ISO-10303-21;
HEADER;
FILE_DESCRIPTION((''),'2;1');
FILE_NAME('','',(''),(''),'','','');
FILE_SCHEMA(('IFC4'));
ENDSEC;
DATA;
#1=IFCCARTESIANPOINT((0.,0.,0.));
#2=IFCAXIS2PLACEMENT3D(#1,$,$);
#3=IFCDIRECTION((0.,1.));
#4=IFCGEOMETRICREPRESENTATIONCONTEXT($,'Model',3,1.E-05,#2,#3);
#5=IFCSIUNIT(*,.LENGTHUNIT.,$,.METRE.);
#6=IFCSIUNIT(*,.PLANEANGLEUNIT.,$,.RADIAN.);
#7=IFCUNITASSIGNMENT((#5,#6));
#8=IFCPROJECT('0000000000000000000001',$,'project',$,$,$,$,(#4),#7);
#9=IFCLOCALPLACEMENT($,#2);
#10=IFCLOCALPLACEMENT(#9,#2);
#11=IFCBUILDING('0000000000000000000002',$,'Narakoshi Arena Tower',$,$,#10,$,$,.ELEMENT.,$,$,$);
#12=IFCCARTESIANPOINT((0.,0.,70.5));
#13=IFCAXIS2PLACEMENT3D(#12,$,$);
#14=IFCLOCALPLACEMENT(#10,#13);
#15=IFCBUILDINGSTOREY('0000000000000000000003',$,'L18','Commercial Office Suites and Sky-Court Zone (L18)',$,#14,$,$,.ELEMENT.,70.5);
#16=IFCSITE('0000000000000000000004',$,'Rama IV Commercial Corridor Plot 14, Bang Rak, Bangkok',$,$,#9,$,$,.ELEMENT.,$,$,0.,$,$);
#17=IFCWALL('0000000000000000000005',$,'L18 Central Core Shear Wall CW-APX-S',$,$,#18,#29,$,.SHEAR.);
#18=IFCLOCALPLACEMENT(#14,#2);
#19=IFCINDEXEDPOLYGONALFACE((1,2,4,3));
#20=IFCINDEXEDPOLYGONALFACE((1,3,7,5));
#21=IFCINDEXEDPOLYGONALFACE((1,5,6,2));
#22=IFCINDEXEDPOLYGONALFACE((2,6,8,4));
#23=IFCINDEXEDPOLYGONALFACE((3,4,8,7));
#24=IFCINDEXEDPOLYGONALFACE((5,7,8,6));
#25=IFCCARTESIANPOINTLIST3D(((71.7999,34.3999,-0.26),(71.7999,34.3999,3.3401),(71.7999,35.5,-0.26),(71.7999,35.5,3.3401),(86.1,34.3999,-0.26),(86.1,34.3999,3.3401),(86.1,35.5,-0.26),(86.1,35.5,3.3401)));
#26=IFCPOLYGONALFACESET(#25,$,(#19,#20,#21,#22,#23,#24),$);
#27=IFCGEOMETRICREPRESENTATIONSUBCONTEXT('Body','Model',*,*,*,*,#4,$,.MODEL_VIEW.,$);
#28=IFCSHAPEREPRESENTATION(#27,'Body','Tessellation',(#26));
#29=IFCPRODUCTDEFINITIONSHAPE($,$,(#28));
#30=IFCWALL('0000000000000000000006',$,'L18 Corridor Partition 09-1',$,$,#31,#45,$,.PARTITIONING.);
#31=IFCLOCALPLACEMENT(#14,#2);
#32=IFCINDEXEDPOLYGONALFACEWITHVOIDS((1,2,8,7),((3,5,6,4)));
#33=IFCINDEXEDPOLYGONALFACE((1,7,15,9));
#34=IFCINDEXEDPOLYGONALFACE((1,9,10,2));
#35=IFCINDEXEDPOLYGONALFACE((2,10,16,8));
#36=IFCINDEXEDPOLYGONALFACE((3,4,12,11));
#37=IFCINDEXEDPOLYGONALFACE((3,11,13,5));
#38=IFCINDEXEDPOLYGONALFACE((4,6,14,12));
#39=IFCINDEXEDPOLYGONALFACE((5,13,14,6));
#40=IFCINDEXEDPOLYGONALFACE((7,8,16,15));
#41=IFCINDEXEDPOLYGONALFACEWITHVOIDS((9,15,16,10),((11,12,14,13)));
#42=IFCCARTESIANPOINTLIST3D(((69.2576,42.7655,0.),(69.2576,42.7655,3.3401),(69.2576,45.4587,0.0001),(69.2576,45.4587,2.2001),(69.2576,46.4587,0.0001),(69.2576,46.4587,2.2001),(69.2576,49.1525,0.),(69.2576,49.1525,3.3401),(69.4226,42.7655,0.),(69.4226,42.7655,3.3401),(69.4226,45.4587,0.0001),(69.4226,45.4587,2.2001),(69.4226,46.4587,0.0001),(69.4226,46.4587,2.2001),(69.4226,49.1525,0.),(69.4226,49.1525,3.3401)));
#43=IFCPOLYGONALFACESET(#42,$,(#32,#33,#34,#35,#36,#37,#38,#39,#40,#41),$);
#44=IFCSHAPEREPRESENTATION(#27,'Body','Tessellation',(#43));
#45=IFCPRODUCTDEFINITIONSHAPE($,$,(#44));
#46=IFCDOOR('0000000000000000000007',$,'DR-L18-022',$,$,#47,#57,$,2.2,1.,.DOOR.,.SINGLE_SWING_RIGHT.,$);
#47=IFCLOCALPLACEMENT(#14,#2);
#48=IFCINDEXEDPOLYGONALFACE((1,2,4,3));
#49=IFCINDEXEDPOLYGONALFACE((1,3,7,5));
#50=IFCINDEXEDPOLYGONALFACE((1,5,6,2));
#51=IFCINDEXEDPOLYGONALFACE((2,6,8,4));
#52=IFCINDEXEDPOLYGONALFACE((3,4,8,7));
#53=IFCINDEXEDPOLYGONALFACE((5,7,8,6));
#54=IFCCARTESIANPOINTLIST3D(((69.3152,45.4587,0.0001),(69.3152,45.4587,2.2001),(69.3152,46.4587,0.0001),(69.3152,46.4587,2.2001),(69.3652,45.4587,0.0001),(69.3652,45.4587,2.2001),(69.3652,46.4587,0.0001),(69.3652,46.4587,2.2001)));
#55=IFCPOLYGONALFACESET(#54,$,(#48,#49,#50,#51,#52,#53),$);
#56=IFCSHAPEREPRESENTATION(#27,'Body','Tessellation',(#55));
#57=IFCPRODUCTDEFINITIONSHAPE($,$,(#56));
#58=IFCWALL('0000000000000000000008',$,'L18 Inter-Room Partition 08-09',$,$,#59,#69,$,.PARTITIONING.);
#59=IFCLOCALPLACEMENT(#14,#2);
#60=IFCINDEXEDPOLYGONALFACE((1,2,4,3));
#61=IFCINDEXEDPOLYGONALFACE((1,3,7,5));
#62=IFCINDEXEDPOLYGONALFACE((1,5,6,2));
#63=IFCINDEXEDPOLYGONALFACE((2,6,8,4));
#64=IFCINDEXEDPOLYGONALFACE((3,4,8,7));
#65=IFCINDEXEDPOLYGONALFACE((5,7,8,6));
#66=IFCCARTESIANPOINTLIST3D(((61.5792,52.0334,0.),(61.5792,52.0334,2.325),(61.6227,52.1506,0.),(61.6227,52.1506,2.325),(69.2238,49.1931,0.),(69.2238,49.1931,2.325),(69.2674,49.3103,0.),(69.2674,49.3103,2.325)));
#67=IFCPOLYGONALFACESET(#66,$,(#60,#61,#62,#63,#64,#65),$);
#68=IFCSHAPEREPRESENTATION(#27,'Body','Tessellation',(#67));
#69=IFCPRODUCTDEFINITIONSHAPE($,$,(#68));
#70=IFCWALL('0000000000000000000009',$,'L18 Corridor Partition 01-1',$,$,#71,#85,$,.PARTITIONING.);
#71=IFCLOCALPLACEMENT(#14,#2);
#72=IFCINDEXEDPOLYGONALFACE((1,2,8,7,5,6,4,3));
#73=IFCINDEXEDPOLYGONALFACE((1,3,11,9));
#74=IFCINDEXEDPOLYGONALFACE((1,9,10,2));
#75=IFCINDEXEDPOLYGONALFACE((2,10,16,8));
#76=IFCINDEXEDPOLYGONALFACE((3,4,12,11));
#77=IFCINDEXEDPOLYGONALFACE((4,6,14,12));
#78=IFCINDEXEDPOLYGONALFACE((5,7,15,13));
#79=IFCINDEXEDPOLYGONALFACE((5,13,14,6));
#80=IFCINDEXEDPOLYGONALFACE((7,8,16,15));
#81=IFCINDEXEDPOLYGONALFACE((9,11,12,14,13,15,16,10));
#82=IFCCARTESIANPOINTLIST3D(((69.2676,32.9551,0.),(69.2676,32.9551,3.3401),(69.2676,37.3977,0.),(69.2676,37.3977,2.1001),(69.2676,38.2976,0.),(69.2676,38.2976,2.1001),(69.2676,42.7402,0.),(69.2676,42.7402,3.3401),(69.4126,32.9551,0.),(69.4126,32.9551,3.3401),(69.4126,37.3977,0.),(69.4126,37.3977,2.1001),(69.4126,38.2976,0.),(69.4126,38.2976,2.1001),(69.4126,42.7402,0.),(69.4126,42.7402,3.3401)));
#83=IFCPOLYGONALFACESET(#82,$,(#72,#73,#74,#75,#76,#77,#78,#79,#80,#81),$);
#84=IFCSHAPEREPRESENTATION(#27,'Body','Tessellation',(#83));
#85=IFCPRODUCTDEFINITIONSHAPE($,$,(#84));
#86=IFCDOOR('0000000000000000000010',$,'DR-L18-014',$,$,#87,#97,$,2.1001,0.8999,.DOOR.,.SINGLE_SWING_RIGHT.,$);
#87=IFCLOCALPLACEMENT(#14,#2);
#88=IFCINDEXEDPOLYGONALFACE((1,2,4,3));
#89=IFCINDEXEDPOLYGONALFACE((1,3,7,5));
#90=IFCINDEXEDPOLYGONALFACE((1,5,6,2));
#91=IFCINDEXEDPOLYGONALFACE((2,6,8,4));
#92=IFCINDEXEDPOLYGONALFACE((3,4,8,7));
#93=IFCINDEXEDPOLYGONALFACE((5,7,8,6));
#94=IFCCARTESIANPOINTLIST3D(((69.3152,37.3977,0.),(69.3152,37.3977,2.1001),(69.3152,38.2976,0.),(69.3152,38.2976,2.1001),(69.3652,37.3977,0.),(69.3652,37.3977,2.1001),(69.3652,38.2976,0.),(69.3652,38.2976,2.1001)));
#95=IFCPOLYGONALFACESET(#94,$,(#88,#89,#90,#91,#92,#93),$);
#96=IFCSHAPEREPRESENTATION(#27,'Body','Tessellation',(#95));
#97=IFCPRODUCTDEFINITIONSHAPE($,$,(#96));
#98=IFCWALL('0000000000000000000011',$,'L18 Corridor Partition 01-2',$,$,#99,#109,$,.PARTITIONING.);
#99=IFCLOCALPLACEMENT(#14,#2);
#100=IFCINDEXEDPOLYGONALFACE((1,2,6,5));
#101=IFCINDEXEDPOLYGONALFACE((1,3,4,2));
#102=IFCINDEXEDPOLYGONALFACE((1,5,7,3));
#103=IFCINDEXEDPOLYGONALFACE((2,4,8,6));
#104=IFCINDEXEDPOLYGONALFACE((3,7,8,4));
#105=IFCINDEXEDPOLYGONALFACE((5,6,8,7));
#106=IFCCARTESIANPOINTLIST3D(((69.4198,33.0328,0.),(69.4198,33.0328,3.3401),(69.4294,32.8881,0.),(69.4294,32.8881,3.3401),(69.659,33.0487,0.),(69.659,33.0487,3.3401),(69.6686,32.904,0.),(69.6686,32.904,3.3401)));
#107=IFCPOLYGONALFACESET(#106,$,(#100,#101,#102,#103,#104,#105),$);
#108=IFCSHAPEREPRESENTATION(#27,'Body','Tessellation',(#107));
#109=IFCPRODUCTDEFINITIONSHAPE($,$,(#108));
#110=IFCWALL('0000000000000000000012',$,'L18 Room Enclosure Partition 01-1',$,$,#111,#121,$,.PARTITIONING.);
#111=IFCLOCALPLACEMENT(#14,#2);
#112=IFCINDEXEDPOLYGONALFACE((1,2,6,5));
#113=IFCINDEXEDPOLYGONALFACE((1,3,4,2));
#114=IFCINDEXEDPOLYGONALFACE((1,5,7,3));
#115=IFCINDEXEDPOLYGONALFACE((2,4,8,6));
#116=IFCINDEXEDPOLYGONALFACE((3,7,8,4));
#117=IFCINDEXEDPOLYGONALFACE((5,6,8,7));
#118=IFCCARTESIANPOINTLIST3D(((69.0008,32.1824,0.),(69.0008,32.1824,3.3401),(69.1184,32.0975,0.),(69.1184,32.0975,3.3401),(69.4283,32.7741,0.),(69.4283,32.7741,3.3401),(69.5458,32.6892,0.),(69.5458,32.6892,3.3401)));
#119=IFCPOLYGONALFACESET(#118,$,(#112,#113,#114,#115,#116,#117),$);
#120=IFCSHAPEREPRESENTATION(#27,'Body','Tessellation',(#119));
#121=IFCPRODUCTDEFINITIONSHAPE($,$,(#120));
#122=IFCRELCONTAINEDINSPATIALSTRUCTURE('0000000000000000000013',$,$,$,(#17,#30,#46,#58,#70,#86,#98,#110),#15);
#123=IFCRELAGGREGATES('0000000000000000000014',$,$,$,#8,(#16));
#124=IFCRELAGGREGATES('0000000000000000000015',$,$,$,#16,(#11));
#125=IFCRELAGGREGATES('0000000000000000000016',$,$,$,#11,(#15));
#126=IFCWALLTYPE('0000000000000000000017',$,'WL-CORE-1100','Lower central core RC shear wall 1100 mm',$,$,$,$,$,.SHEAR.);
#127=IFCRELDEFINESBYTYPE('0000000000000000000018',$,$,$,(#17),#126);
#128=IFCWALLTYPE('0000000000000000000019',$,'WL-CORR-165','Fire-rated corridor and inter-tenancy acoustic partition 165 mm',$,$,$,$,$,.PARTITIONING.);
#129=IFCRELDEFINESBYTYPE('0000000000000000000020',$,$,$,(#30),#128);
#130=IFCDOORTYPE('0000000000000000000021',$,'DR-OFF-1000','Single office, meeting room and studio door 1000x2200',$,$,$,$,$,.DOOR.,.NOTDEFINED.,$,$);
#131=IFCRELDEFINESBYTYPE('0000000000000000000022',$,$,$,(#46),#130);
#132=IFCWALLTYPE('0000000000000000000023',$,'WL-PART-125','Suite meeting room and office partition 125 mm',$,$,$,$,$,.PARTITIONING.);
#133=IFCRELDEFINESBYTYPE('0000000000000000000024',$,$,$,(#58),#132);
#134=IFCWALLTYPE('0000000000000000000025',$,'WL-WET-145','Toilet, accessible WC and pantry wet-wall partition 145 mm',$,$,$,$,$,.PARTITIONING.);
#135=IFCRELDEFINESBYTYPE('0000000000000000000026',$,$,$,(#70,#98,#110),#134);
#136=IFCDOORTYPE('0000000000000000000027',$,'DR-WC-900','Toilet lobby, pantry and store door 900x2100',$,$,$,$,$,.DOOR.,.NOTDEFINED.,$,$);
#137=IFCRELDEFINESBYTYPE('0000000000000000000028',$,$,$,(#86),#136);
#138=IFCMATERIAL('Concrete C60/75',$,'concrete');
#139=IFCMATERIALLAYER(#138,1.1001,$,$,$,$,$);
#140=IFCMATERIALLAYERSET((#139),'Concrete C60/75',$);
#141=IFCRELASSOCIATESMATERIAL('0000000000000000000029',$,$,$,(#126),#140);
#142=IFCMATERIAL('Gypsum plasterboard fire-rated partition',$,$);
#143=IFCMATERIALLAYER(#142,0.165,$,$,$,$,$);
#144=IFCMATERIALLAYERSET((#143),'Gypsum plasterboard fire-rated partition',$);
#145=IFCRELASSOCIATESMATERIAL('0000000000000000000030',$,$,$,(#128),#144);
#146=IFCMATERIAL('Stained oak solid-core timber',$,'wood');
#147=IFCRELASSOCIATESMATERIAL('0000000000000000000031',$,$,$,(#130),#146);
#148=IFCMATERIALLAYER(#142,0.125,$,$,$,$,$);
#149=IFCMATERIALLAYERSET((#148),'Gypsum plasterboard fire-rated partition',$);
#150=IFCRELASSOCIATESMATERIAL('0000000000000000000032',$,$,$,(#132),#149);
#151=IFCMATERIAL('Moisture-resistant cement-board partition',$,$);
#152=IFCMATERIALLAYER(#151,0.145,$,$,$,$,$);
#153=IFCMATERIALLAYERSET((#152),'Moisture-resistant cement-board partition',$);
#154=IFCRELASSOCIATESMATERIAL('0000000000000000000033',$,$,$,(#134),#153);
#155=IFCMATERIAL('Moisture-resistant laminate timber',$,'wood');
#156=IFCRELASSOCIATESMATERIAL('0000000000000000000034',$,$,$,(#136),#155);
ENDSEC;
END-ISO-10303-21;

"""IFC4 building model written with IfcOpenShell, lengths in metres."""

from ifc_helpers import new_model, si_unit, direction, frame, frame_2d, origin, place, context, subcontext, project, spatial, rectangle, extrude, material, layer, layer_set, type_object, element, fill, save


model = new_model("IFC4")

# Units and contexts
model_context = context("Model", 3, precision=1e-05, world=origin(), true_north=direction((0.0, 1.0)))
body_context = subcontext(model_context, "Body", "Model", "MODEL_VIEW")
ifc_project = project(units=[si_unit("LENGTHUNIT", "METRE"), si_unit("PLANEANGLEUNIT", "RADIAN")], contexts=[model_context])

# Site, building, storey
site_placement = place(None, origin())
site = spatial("IfcSite", under=ifc_project, at=site_placement, Name="Rama IV Commercial Corridor Plot 14, Bang Rak, Bangkok", CompositionType="ELEMENT", RefElevation=0.0)
building_placement = place(site_placement, origin())
building = spatial("IfcBuilding", under=site, at=building_placement, Name="Narakoshi Arena Tower", CompositionType="ELEMENT")
storey_placement = place(building_placement, frame((0.0, 0.0, 70.5)))
storey = spatial("IfcBuildingStorey", under=building, at=storey_placement, Name="L18", Description="Commercial Office Suites and Sky-Court Zone (L18)", CompositionType="ELEMENT", Elevation=70.5)

# Shared definitions
ifc_material_1 = material(Name="Concrete C60/75", Category="concrete")

# Wall
ifc_layer_1 = layer(ifc_material_1, 1.1001)
ifc_layer_set_1 = layer_set([ifc_layer_1], Name="Concrete C60/75")
wall_type_1 = type_object("IfcWallType", Name="WL-CORE-1100", Description="Lower central core RC shear wall 1100 mm", PredefinedType="SHEAR", material=ifc_layer_set_1)
wall_1_placement = place(storey_placement, frame((71.8, 34.95, -0.26), z_axis=(0.0, 0.0, 1.0), x_axis=(1.0, 0.0, 0.0)))
element("IfcWall", 1, at=wall_1_placement, inside=storey, type_object=wall_type_1, Name="L18 Central Core Shear Wall CW-APX-S", PredefinedType="SHEAR", context=body_context, shape_type="SweptSolid", body=[
    extrude(rectangle(XDim=14.3, YDim=1.1001, at=frame_2d((7.1499, 0.0))), origin(), (0.0, 0.0, 1.0), 3.6001),
])

# Wall, opening, door
ifc_material_2 = material(Name="Gypsum plasterboard fire-rated partition")
ifc_layer_2 = layer(ifc_material_2, 0.165)
ifc_layer_set_2 = layer_set([ifc_layer_2], Name="Gypsum plasterboard fire-rated partition")
wall_type_2 = type_object("IfcWallType", Name="WL-CORR-165", Description="Fire-rated corridor and inter-tenancy acoustic partition 165 mm", PredefinedType="PARTITIONING", material=ifc_layer_set_2)
wall_2_placement = place(storey_placement, frame((69.3401, 49.1523, 0.0), z_axis=(0.0, 0.0, 1.0), x_axis=(0.0, -1.0, 0.0)))
wall_2 = element("IfcWall", 2, at=wall_2_placement, inside=storey, type_object=wall_type_2, Name="L18 Corridor Partition 09-1", PredefinedType="PARTITIONING", context=body_context, shape_type="SweptSolid", body=[
    extrude(rectangle(XDim=6.387, YDim=0.165, at=frame_2d((3.1934, 0.0))), origin(), (0.0, 0.0, 1.0), 3.3401),
])
opening_1_placement = place(wall_2_placement, frame((2.6936, 0.0, 0.0)))
opening_1 = element("IfcOpeningElement", 3, at=opening_1_placement, cuts=wall_2, PredefinedType="OPENING", context=body_context, shape_type="SweptSolid", body=[
    extrude(rectangle(XDim=1.0, YDim=2.2, at=frame_2d((0.5, 1.1001))), frame((0.0, 0.0925, 0.0), z_axis=(0.0, -1.0, 0.0), x_axis=(1.0, 0.0, 0.0)), (0.0, 0.0, 1.0), 0.1851),
])
ifc_material_3 = material(Name="Stained oak solid-core timber", Category="wood")
door_type_1 = type_object("IfcDoorType", Name="DR-OFF-1000", Description="Single office, meeting room and studio door 1000x2200", OperationType="NOTDEFINED", PredefinedType="DOOR", material=ifc_material_3)
door_1_placement = place(opening_1_placement, frame((1.0, 0.0, 0.0), z_axis=(0.0, 0.0, 1.0), x_axis=(-1.0, 0.0, 0.0)))
door_1 = element("IfcDoor", 4, at=door_1_placement, inside=storey, type_object=door_type_1, Name="DR-L18-022", OperationType="SINGLE_SWING_RIGHT", OverallHeight=2.2, OverallWidth=1.0, PredefinedType="DOOR", context=body_context, shape_type="SweptSolid", body=[
    extrude(rectangle(XDim=1.0, YDim=2.2, at=frame_2d((0.5, 1.1001))), frame((0.0, 0.0249, 0.0), z_axis=(0.0, -1.0, 0.0), x_axis=(1.0, 0.0, 0.0)), (0.0, 0.0, 1.0), 0.05),
])
fill(opening_1, door_1)

# Wall
ifc_layer_3 = layer(ifc_material_2, 0.125)
ifc_layer_set_3 = layer_set([ifc_layer_3], Name="Gypsum plasterboard fire-rated partition")
wall_type_3 = type_object("IfcWallType", Name="WL-PART-125", Description="Suite meeting room and office partition 125 mm", PredefinedType="PARTITIONING", material=ifc_layer_set_3)
wall_3_placement = place(storey_placement, frame((69.2456, 49.2517, 0.0), z_axis=(0.0, 0.0, 1.0), x_axis=(-0.937391, 0.348277, 0.0)))
element("IfcWall", 5, at=wall_3_placement, inside=storey, type_object=wall_type_3, Name="L18 Inter-Room Partition 08-09", PredefinedType="PARTITIONING", context=body_context, shape_type="SweptSolid", body=[
    extrude(rectangle(XDim=8.1553, YDim=0.125, at=frame_2d((4.0776, 0.0))), origin(), (0.0, 0.0, 1.0), 2.325),
])

# Wall, opening, door
ifc_material_4 = material(Name="Moisture-resistant cement-board partition")
ifc_layer_4 = layer(ifc_material_4, 0.145)
ifc_layer_set_4 = layer_set([ifc_layer_4], Name="Moisture-resistant cement-board partition")
wall_type_4 = type_object("IfcWallType", Name="WL-WET-145", Description="Toilet, accessible WC and pantry wet-wall partition 145 mm", PredefinedType="PARTITIONING", material=ifc_layer_set_4)
wall_4_placement = place(storey_placement, frame((69.3401, 42.7402, 0.0), z_axis=(0.0, 0.0, 1.0), x_axis=(0.0, -1.0, 0.0)))
wall_4 = element("IfcWall", 6, at=wall_4_placement, inside=storey, type_object=wall_type_4, Name="L18 Corridor Partition 01-1", PredefinedType="PARTITIONING", context=body_context, shape_type="SweptSolid", body=[
    extrude(rectangle(XDim=9.7852, YDim=0.145, at=frame_2d((4.8926, 0.0))), origin(), (0.0, 0.0, 1.0), 3.3401),
])
opening_2_placement = place(wall_4_placement, frame((4.4426, 0.0, 0.0)))
opening_2 = element("IfcOpeningElement", 7, at=opening_2_placement, cuts=wall_4, PredefinedType="OPENING", context=body_context, shape_type="SweptSolid", body=[
    extrude(rectangle(XDim=0.8999, YDim=2.1001, at=frame_2d((0.45, 1.05))), frame((0.0, 0.0825, 0.0), z_axis=(0.0, -1.0, 0.0), x_axis=(1.0, 0.0, 0.0)), (0.0, 0.0, 1.0), 0.165),
])
ifc_material_5 = material(Name="Moisture-resistant laminate timber", Category="wood")
door_type_2 = type_object("IfcDoorType", Name="DR-WC-900", Description="Toilet lobby, pantry and store door 900x2100", OperationType="NOTDEFINED", PredefinedType="DOOR", material=ifc_material_5)
door_2_placement = place(opening_2_placement, frame((0.8999, 0.0, 0.0), z_axis=(0.0, 0.0, 1.0), x_axis=(-1.0, 0.0, 0.0)))
door_2 = element("IfcDoor", 8, at=door_2_placement, inside=storey, type_object=door_type_2, Name="DR-L18-014", OperationType="SINGLE_SWING_RIGHT", OverallHeight=2.1001, OverallWidth=0.8999, PredefinedType="DOOR", context=body_context, shape_type="SweptSolid", body=[
    extrude(rectangle(XDim=0.8999, YDim=2.1001, at=frame_2d((0.45, 1.05))), frame((0.0, 0.0249, 0.0), z_axis=(0.0, -1.0, 0.0), x_axis=(1.0, 0.0, 0.0)), (0.0, 0.0, 1.0), 0.05),
])
fill(opening_2, door_2)

# Walls
wall_5_placement = place(storey_placement, frame((69.4246, 32.9604, 0.0), z_axis=(0.0, 0.0, 1.0), x_axis=(0.997808, 0.066181, 0.0)))
element("IfcWall", 9, at=wall_5_placement, inside=storey, type_object=wall_type_4, Name="L18 Corridor Partition 01-2", PredefinedType="PARTITIONING", context=body_context, shape_type="SweptSolid", body=[
    extrude(rectangle(XDim=0.2397, YDim=0.145, at=frame_2d((0.1199, 0.0))), origin(), (0.0, 0.0, 1.0), 3.3401),
])
wall_6_placement = place(storey_placement, frame((69.4871, 32.7317, 0.0), z_axis=(0.0, 0.0, 1.0), x_axis=(-0.585564, -0.810626, 0.0)))
element("IfcWall", 10, at=wall_6_placement, inside=storey, type_object=wall_type_4, Name="L18 Room Enclosure Partition 01-1", PredefinedType="PARTITIONING", context=body_context, shape_type="SweptSolid", body=[
    extrude(rectangle(XDim=0.73, YDim=0.145, at=frame_2d((0.365, 0.0))), origin(), (0.0, 0.0, 1.0), 3.3401),
])

save(model, "model.ifc")
